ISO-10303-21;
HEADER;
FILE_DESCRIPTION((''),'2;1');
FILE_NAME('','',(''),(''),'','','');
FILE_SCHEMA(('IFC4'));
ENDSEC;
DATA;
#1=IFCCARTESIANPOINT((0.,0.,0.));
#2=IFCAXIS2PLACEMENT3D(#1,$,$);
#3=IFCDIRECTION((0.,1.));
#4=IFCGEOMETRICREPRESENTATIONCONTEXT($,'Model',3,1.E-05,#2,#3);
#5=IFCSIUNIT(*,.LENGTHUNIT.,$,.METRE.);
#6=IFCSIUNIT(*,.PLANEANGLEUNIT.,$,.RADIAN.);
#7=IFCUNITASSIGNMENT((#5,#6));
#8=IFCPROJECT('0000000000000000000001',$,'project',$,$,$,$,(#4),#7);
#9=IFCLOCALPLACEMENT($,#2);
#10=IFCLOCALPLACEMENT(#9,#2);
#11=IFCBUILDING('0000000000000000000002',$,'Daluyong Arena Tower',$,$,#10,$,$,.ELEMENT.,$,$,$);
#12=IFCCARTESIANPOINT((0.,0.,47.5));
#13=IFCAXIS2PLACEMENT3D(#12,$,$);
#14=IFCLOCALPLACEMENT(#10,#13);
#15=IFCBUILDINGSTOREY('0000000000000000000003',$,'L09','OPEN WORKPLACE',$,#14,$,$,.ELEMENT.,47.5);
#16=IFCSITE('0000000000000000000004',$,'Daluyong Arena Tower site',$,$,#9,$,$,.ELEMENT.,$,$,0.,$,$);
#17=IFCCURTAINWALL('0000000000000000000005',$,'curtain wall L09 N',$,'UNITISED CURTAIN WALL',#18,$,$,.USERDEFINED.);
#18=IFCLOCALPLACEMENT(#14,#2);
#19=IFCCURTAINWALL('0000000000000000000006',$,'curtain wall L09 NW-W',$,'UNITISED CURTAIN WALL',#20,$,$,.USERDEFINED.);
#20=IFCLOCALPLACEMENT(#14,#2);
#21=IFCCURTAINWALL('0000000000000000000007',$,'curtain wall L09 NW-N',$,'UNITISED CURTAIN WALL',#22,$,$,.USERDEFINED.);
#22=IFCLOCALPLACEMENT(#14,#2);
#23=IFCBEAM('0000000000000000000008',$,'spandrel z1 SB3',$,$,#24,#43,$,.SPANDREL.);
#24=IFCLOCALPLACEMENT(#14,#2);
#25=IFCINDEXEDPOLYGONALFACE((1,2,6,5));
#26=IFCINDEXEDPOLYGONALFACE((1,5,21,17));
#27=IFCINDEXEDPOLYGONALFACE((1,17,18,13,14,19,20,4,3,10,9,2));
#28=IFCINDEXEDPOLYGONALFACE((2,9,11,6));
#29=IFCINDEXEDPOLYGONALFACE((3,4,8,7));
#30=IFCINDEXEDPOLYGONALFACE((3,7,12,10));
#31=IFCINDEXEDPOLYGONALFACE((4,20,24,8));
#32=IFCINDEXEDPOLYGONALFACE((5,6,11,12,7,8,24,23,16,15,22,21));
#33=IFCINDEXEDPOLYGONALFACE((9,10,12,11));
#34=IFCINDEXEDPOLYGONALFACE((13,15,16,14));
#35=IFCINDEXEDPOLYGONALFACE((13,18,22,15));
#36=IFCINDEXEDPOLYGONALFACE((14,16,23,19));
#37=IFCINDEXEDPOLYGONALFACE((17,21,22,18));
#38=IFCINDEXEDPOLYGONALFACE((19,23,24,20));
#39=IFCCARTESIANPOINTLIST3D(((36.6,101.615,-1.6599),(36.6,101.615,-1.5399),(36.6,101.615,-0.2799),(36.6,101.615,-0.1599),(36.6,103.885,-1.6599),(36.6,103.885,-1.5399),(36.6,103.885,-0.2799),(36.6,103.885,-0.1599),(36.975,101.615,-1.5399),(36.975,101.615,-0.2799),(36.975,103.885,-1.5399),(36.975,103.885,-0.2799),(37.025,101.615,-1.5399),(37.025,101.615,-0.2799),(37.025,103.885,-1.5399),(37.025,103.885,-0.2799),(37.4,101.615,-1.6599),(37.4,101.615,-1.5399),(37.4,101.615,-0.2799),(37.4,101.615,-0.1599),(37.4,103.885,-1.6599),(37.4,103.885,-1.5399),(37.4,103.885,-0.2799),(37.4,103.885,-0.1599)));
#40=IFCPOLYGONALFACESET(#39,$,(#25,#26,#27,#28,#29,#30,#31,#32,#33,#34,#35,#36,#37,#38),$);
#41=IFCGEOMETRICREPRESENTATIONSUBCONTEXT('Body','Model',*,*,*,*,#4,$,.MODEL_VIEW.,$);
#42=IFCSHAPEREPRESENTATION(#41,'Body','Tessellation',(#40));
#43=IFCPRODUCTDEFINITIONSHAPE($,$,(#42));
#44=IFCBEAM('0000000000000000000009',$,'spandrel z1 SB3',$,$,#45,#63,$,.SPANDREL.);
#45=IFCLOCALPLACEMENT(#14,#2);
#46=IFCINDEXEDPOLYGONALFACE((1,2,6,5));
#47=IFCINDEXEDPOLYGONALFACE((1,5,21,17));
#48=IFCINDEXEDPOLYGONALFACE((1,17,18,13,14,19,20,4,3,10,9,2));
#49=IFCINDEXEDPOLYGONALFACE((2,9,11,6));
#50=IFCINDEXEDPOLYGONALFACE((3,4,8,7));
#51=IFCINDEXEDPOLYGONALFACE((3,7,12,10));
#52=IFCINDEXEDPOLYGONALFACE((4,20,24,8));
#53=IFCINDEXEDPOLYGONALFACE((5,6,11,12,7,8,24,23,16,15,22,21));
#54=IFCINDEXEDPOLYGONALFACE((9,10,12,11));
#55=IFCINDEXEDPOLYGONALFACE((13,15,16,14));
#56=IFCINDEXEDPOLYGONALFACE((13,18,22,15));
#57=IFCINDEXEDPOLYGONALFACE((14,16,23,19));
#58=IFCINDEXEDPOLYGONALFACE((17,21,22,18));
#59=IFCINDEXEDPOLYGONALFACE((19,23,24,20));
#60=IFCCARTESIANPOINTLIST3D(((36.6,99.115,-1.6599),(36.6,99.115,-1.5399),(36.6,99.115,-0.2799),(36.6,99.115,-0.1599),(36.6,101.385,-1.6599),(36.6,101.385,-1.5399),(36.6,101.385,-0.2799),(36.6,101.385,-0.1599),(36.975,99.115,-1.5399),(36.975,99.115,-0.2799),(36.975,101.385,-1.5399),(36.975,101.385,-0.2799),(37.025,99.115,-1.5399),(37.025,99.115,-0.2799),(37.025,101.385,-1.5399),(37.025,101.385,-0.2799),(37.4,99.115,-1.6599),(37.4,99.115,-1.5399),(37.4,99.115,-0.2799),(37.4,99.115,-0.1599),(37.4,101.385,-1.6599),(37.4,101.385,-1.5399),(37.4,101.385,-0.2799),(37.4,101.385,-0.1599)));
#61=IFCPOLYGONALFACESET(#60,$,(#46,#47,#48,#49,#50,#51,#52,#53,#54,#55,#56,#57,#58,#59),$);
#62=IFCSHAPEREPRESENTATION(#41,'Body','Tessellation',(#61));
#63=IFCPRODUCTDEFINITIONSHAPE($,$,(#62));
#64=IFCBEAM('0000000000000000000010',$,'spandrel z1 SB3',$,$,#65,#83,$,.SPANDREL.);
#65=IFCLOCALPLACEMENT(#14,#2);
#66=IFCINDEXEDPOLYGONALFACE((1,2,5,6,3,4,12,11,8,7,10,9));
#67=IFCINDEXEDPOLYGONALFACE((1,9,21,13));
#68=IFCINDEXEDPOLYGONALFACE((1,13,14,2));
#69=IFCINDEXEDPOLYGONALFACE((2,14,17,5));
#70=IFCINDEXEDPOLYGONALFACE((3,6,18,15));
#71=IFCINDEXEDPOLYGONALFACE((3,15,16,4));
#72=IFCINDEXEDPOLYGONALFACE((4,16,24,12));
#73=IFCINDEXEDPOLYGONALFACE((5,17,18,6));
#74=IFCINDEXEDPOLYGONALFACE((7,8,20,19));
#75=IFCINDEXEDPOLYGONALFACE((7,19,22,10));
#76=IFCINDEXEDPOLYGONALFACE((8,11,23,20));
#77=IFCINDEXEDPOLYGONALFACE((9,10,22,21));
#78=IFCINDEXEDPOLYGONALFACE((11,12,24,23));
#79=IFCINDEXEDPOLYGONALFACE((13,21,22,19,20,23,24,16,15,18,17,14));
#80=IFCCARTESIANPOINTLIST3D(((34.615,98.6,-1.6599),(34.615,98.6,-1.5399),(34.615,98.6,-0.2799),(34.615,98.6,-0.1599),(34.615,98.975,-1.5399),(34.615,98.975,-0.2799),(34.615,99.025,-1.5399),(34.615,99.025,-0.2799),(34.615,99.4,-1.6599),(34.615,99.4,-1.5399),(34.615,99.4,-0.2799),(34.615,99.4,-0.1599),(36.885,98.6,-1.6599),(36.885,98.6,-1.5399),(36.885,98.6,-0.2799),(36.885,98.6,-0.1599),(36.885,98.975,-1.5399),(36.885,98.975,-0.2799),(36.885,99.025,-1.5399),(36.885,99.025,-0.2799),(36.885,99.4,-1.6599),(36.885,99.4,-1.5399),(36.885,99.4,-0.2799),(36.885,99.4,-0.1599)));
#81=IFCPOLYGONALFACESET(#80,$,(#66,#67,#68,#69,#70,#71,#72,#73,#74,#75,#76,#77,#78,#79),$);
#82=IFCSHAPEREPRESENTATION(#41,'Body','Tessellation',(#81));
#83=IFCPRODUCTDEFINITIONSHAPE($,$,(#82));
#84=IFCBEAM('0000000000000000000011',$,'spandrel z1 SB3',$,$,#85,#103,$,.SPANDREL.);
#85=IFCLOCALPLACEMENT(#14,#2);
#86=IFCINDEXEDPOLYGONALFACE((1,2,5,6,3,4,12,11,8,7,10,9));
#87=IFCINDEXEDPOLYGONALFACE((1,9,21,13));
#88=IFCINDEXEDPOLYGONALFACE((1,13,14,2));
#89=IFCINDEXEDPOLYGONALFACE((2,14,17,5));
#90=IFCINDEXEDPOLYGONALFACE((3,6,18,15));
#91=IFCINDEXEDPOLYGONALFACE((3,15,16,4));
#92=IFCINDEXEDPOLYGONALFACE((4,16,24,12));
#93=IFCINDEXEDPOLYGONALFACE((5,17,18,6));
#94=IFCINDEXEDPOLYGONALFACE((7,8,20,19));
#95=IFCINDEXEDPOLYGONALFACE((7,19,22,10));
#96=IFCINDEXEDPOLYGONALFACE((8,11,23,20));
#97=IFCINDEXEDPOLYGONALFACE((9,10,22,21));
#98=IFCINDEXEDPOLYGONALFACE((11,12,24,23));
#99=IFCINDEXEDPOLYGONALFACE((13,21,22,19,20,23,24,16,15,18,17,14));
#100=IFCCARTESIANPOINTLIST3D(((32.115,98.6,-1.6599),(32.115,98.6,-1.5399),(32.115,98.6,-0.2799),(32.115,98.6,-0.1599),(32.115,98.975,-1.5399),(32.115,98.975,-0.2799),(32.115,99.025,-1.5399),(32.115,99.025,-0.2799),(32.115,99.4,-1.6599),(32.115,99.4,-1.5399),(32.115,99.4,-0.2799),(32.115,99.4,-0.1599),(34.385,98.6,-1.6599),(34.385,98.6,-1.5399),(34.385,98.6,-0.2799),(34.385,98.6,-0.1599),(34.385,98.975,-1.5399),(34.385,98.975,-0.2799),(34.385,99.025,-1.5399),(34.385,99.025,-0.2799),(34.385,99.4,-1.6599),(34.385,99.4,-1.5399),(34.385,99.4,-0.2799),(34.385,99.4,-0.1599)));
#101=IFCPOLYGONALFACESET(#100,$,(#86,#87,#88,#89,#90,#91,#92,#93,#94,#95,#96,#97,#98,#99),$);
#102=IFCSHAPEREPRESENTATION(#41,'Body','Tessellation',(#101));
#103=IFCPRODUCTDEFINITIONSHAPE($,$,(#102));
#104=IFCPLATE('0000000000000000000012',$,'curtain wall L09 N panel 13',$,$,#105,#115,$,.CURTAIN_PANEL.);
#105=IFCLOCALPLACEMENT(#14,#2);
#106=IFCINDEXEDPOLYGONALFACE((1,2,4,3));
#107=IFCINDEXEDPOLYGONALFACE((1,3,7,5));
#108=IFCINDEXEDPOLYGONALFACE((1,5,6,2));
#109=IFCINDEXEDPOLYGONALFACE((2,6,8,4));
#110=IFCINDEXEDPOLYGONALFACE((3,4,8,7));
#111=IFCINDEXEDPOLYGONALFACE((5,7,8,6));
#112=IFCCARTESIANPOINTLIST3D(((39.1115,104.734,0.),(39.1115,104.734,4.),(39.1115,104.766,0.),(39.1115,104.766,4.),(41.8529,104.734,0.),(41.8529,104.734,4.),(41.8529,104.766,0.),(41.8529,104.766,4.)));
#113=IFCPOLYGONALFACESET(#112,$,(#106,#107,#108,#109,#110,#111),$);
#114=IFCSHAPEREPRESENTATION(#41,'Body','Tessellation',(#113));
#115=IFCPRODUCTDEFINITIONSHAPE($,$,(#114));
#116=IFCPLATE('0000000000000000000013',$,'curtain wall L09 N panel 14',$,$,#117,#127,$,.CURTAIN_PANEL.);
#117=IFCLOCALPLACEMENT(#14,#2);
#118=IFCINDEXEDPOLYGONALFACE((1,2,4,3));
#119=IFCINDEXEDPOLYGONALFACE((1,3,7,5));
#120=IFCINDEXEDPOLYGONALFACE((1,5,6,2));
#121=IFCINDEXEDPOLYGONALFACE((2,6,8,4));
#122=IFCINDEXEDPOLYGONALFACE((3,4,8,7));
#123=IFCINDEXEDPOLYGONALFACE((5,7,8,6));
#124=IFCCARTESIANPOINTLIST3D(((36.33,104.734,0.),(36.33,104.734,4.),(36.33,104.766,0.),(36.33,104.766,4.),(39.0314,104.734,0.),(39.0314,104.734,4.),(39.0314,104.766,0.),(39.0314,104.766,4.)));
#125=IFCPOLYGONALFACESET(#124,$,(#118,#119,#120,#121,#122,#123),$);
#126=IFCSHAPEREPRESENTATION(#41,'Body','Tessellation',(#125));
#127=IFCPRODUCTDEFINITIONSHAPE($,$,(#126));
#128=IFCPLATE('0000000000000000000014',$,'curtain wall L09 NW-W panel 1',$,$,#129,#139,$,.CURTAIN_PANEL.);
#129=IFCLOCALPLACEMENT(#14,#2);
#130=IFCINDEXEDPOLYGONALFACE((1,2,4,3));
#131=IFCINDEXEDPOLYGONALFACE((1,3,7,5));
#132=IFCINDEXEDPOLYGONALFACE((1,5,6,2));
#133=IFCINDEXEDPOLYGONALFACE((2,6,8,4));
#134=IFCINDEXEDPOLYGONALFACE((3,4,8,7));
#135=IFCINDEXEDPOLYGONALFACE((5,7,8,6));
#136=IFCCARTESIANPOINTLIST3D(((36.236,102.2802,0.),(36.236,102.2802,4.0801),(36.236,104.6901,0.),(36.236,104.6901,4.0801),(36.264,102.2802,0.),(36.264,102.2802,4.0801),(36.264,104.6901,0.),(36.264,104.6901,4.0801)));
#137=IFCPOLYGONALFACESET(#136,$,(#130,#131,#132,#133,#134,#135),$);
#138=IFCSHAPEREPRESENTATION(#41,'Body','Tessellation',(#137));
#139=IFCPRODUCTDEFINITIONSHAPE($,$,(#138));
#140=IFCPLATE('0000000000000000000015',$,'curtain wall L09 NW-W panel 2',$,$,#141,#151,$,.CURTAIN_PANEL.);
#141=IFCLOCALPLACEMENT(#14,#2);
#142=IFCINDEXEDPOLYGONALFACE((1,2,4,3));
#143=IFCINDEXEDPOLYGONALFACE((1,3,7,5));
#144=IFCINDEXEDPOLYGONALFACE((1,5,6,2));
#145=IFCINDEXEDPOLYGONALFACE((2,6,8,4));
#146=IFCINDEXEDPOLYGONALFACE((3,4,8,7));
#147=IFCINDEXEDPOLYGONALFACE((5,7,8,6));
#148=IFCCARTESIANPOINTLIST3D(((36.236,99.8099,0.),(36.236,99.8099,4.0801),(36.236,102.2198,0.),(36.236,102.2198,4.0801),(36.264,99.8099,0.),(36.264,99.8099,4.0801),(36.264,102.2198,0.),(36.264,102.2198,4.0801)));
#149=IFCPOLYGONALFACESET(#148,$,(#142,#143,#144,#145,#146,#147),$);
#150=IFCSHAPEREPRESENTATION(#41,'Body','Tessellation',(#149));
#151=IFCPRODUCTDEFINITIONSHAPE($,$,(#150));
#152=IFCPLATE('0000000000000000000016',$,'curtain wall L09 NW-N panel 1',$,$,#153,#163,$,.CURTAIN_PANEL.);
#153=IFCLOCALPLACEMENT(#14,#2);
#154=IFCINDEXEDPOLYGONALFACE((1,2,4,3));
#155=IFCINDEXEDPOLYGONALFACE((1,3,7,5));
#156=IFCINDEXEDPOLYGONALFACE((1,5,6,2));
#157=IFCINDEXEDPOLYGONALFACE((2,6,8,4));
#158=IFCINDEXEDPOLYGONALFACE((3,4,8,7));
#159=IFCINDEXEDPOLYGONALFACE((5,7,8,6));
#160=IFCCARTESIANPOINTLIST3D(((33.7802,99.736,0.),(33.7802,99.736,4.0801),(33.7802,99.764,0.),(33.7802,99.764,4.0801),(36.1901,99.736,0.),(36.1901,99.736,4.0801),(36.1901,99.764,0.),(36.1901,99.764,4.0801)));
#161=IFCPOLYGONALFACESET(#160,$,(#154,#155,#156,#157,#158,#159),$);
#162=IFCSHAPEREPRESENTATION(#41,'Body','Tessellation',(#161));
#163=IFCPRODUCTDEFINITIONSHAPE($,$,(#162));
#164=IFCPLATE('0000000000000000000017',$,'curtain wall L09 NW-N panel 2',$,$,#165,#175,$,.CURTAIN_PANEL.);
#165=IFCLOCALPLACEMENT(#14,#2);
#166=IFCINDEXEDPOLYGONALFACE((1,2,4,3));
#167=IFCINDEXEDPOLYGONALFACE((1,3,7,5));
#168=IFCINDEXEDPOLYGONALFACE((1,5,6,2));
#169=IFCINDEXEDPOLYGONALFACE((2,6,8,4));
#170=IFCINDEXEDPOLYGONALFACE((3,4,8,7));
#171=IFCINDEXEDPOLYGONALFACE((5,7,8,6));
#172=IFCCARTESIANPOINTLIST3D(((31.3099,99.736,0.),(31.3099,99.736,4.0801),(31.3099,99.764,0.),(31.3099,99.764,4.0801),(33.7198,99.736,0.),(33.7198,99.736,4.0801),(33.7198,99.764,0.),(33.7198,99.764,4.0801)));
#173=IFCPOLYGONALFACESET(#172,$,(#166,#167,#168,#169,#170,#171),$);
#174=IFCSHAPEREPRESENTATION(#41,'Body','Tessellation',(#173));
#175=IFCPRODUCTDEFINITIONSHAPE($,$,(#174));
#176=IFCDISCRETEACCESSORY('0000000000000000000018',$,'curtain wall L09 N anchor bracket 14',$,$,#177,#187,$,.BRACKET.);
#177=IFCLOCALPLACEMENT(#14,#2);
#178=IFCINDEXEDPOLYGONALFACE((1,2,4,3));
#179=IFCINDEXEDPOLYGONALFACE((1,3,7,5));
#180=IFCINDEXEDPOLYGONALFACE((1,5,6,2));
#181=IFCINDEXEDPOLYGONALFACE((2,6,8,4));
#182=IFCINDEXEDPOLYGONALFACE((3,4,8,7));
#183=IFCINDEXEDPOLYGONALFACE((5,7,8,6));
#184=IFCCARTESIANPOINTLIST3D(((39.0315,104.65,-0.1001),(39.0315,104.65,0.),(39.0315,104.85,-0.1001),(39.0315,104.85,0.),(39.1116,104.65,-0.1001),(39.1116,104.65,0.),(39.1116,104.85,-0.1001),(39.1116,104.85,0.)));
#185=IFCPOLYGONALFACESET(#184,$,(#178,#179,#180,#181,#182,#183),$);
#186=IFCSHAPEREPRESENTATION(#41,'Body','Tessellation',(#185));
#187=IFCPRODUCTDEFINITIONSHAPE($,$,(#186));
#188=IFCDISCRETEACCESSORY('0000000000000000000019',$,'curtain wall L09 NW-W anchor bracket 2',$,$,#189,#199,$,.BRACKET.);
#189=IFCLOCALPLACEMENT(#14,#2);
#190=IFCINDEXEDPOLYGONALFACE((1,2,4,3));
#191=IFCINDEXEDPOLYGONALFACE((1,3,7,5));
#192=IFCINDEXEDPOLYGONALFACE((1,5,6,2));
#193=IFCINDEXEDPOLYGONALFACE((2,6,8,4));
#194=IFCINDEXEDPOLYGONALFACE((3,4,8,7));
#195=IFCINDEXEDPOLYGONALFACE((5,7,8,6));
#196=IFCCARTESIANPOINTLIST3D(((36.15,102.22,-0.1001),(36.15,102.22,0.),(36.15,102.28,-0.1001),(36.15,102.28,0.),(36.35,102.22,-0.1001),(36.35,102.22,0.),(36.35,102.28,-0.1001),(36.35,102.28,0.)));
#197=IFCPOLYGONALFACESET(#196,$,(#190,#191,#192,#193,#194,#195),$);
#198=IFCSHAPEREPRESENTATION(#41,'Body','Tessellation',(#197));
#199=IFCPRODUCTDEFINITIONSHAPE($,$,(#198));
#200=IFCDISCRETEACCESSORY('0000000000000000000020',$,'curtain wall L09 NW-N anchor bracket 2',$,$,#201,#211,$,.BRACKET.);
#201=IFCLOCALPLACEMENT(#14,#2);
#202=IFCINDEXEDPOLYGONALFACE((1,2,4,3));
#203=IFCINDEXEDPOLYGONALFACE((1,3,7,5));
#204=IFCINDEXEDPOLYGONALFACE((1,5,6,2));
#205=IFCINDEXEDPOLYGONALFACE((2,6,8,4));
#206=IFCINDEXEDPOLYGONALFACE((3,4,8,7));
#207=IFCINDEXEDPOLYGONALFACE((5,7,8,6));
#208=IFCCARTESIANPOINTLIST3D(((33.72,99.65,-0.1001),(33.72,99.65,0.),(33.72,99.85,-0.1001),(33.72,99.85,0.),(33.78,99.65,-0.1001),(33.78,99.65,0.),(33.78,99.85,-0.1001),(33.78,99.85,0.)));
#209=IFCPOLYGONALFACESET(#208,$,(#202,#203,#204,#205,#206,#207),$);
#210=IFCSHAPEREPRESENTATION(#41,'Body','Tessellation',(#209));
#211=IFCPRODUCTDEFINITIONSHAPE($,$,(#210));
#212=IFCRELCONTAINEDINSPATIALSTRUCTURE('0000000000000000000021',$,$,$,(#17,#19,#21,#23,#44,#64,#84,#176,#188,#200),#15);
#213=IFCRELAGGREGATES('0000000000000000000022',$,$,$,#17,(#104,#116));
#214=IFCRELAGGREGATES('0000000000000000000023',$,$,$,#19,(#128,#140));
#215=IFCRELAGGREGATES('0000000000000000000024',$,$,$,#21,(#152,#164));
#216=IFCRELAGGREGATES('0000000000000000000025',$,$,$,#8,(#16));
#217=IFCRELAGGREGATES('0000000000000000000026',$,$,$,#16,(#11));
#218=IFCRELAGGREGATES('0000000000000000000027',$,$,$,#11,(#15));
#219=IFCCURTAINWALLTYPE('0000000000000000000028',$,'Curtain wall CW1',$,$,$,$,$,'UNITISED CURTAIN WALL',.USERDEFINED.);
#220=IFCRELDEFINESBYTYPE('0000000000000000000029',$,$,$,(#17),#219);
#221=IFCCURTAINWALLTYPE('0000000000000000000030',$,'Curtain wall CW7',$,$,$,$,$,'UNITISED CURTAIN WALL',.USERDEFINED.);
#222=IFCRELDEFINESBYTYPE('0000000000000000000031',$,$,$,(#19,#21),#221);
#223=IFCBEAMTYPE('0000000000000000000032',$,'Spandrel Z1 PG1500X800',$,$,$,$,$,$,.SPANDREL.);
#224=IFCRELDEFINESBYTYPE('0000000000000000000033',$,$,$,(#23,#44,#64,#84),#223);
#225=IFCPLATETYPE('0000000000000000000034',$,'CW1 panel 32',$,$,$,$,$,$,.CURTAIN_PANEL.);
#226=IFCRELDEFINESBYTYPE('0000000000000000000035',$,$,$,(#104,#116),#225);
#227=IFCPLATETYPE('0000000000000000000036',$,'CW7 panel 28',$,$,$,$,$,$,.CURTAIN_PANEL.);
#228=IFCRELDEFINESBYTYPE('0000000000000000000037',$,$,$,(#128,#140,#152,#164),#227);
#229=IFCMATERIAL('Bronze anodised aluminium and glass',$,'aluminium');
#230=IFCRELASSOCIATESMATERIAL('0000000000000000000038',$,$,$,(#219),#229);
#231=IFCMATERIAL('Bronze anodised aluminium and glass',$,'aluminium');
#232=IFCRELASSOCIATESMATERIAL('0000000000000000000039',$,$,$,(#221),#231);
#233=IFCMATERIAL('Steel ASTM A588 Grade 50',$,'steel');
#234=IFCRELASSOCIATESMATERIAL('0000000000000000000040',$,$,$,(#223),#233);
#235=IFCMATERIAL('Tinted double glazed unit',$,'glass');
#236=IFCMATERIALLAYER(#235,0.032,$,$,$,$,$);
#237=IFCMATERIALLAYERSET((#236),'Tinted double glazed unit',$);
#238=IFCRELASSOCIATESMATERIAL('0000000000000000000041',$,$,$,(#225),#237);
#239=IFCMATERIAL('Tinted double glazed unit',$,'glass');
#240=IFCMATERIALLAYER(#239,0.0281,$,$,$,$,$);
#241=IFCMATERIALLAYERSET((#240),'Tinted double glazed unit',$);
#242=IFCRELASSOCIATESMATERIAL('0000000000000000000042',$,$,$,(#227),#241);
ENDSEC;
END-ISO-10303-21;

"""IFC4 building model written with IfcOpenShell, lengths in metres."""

from ifc_helpers import new_model, si_unit, direction, frame, origin, origin_2d, place, context, subcontext, project, spatial, rectangle, i_section, extrude, material, layer, layer_set, material_profile, profile_set, type_object, element, aggregate, save


model = new_model("IFC4")

# Units and contexts
model_context = context("Model", 3, precision=1e-05, world=origin(), true_north=direction((0.0, 1.0)))
body_context = subcontext(model_context, "Body", "Model", "MODEL_VIEW")
ifc_project = project(units=[si_unit("LENGTHUNIT", "METRE"), si_unit("PLANEANGLEUNIT", "RADIAN")], contexts=[model_context])

# Site, building, storey
site_placement = place(None, origin())
site = spatial("IfcSite", under=ifc_project, at=site_placement, Name="Daluyong Arena Tower site", CompositionType="ELEMENT", RefElevation=0.0)
building_placement = place(site_placement, origin())
building = spatial("IfcBuilding", under=site, at=building_placement, Name="Daluyong Arena Tower", CompositionType="ELEMENT")
storey_placement = place(building_placement, frame((0.0, 0.0, 47.5)))
storey = spatial("IfcBuildingStorey", under=building, at=storey_placement, Name="L09", Description="OPEN WORKPLACE", CompositionType="ELEMENT", Elevation=47.5)

# Curtain wall
ifc_material_1 = material(Name="Bronze anodised aluminium and glass", Category="aluminium")
curtain_wall_type_1 = type_object("IfcCurtainWallType", Name="Curtain wall CW1", ElementType="UNITISED CURTAIN WALL", PredefinedType="USERDEFINED", material=ifc_material_1)
curtain_wall_1_placement = place(storey_placement, origin())
curtain_wall_1 = element("IfcCurtainWall", 1, at=curtain_wall_1_placement, inside=storey, type_object=curtain_wall_type_1, Name="curtain wall L09 N", ObjectType="UNITISED CURTAIN WALL", PredefinedType="USERDEFINED")

# Curtain walls
ifc_material_2 = material(Name="Bronze anodised aluminium and glass", Category="aluminium")
curtain_wall_type_2 = type_object("IfcCurtainWallType", Name="Curtain wall CW7", ElementType="UNITISED CURTAIN WALL", PredefinedType="USERDEFINED", material=ifc_material_2)
curtain_wall_2_placement = place(storey_placement, origin())
curtain_wall_2 = element("IfcCurtainWall", 2, at=curtain_wall_2_placement, inside=storey, type_object=curtain_wall_type_2, Name="curtain wall L09 NW-W", ObjectType="UNITISED CURTAIN WALL", PredefinedType="USERDEFINED")
curtain_wall_3_placement = place(storey_placement, origin())
curtain_wall_3 = element("IfcCurtainWall", 3, at=curtain_wall_3_placement, inside=storey, type_object=curtain_wall_type_2, Name="curtain wall L09 NW-N", ObjectType="UNITISED CURTAIN WALL", PredefinedType="USERDEFINED")

# Beams
ifc_material_3 = material(Name="Steel ASTM A588 Grade 50", Category="steel")
ifc_material_profile_1 = material_profile(ifc_material_3, i_section(OverallWidth=0.8, OverallDepth=1.5, WebThickness=0.05, FlangeThickness=0.12, at=origin_2d()))
ifc_profile_set_1 = profile_set([ifc_material_profile_1], Name="Steel ASTM A588 Grade 50")
beam_type_1 = type_object("IfcBeamType", Name="Spandrel Z1 PG1500X800", PredefinedType="SPANDREL", material=ifc_profile_set_1)
for number, where, z_axis, x_axis, name in (
    (4, (37.0, 103.885, -0.9099), (0.0, -1.0, 0.0), (1.0, 0.0, 0.0), "spandrel z1 SB3"),
    (5, (37.0, 101.385, -0.9099), (0.0, -1.0, 0.0), (1.0, 0.0, 0.0), "spandrel z1 SB3"),
    (6, (36.885, 99.0, -0.9099), (-1.0, 0.0, 0.0), (0.0, -1.0, 0.0), "spandrel z1 SB3"),
    (7, (34.385, 99.0, -0.9099), (-1.0, 0.0, 0.0), (0.0, -1.0, 0.0), "spandrel z1 SB3"),
):
    element("IfcBeam", number, at=place(storey_placement, frame(where, z_axis=z_axis, x_axis=x_axis)), inside=storey, type_object=beam_type_1, Name=name, PredefinedType="SPANDREL", context=body_context, shape_type="SweptSolid", body=[
        extrude(i_section(OverallWidth=0.8, OverallDepth=1.5, WebThickness=0.05, FlangeThickness=0.12, at=origin_2d()), origin(), (0.0, 0.0, 1.0), 2.27),
    ])

# Plates
ifc_material_4 = material(Name="Tinted double glazed unit", Category="glass")
ifc_layer_1 = layer(ifc_material_4, 0.032)
ifc_layer_set_1 = layer_set([ifc_layer_1], Name="Tinted double glazed unit")
plate_type_1 = type_object("IfcPlateType", Name="CW1 panel 32", PredefinedType="CURTAIN_PANEL", material=ifc_layer_set_1)
plate_1_placement = place(storey_placement, frame((40.4822, 104.75, 0.0), z_axis=(0.0, 0.0, 1.0), x_axis=(-1.0, 0.0, 0.0)))
plate_1 = element("IfcPlate", 8, at=plate_1_placement, type_object=plate_type_1, Name="curtain wall L09 N panel 13", PredefinedType="CURTAIN_PANEL", context=body_context, shape_type="SweptSolid", body=[
    extrude(rectangle(XDim=2.7415, YDim=0.032, at=origin_2d()), origin(), (0.0, 0.0, 1.0), 4.0),
])
plate_2_placement = place(storey_placement, frame((37.6807, 104.75, 0.0), z_axis=(0.0, 0.0, 1.0), x_axis=(-1.0, 0.0, 0.0)))
plate_2 = element("IfcPlate", 9, at=plate_2_placement, type_object=plate_type_1, Name="curtain wall L09 N panel 14", PredefinedType="CURTAIN_PANEL", context=body_context, shape_type="SweptSolid", body=[
    extrude(rectangle(XDim=2.7014, YDim=0.032, at=origin_2d()), origin(), (0.0, 0.0, 1.0), 4.0),
])
aggregate(curtain_wall_1, [plate_1, plate_2])
ifc_material_5 = material(Name="Tinted double glazed unit", Category="glass")
ifc_layer_2 = layer(ifc_material_5, 0.0281)
ifc_layer_set_2 = layer_set([ifc_layer_2], Name="Tinted double glazed unit")
plate_type_2 = type_object("IfcPlateType", Name="CW7 panel 28", PredefinedType="CURTAIN_PANEL", material=ifc_layer_set_2)
plate_3_placement = place(storey_placement, frame((36.25, 103.4851, 0.0), z_axis=(0.0, 0.0, 1.0), x_axis=(0.0, -1.0, 0.0)))
plate_3 = element("IfcPlate", 10, at=plate_3_placement, type_object=plate_type_2, Name="curtain wall L09 NW-W panel 1", PredefinedType="CURTAIN_PANEL", context=body_context, shape_type="SweptSolid", body=[
    extrude(rectangle(XDim=2.4099, YDim=0.0281, at=origin_2d()), origin(), (0.0, 0.0, 1.0), 4.0801),
])
plate_4_placement = place(storey_placement, frame((36.25, 101.0149, 0.0), z_axis=(0.0, 0.0, 1.0), x_axis=(0.0, -1.0, 0.0)))
plate_4 = element("IfcPlate", 11, at=plate_4_placement, type_object=plate_type_2, Name="curtain wall L09 NW-W panel 2", PredefinedType="CURTAIN_PANEL", context=body_context, shape_type="SweptSolid", body=[
    extrude(rectangle(XDim=2.4099, YDim=0.0281, at=origin_2d()), origin(), (0.0, 0.0, 1.0), 4.0801),
])
aggregate(curtain_wall_2, [plate_3, plate_4])
plate_5_placement = place(storey_placement, frame((34.9851, 99.75, 0.0), z_axis=(0.0, 0.0, 1.0), x_axis=(-1.0, 0.0, 0.0)))
plate_5 = element("IfcPlate", 12, at=plate_5_placement, type_object=plate_type_2, Name="curtain wall L09 NW-N panel 1", PredefinedType="CURTAIN_PANEL", context=body_context, shape_type="SweptSolid", body=[
    extrude(rectangle(XDim=2.4099, YDim=0.0281, at=origin_2d()), origin(), (0.0, 0.0, 1.0), 4.0801),
])
plate_6_placement = place(storey_placement, frame((32.5149, 99.75, 0.0), z_axis=(0.0, 0.0, 1.0), x_axis=(-1.0, 0.0, 0.0)))
plate_6 = element("IfcPlate", 13, at=plate_6_placement, type_object=plate_type_2, Name="curtain wall L09 NW-N panel 2", PredefinedType="CURTAIN_PANEL", context=body_context, shape_type="SweptSolid", body=[
    extrude(rectangle(XDim=2.4099, YDim=0.0281, at=origin_2d()), origin(), (0.0, 0.0, 1.0), 4.0801),
])
aggregate(curtain_wall_3, [plate_5, plate_6])

# Discrete accessories
discrete_accessory_placement = place(storey_placement, frame((39.0715, 104.75, -0.1001), z_axis=(0.0, 0.0, 1.0), x_axis=(-1.0, 0.0, 0.0)))
element("IfcDiscreteAccessory", 14, at=discrete_accessory_placement, inside=storey, Name="curtain wall L09 N anchor bracket 14", PredefinedType="BRACKET", context=body_context, shape_type="SweptSolid", body=[
    extrude(rectangle(XDim=0.0801, YDim=0.2, at=origin_2d()), origin(), (0.0, 0.0, 1.0), 0.1001),
])
for number, where, z_axis, x_axis, name in (
    (15, (36.25, 102.25, -0.1001), (0.0, 0.0, 1.0), (0.0, -1.0, 0.0), "curtain wall L09 NW-W anchor bracket 2"),
    (16, (33.75, 99.75, -0.1001), (0.0, 0.0, 1.0), (-1.0, 0.0, 0.0), "curtain wall L09 NW-N anchor bracket 2"),
):
    element("IfcDiscreteAccessory", number, at=place(storey_placement, frame(where, z_axis=z_axis, x_axis=x_axis)), inside=storey, Name=name, PredefinedType="BRACKET", context=body_context, shape_type="SweptSolid", body=[
        extrude(rectangle(XDim=0.0601, YDim=0.2, at=origin_2d()), origin(), (0.0, 0.0, 1.0), 0.1001),
    ])

save(model, "model.ifc")
